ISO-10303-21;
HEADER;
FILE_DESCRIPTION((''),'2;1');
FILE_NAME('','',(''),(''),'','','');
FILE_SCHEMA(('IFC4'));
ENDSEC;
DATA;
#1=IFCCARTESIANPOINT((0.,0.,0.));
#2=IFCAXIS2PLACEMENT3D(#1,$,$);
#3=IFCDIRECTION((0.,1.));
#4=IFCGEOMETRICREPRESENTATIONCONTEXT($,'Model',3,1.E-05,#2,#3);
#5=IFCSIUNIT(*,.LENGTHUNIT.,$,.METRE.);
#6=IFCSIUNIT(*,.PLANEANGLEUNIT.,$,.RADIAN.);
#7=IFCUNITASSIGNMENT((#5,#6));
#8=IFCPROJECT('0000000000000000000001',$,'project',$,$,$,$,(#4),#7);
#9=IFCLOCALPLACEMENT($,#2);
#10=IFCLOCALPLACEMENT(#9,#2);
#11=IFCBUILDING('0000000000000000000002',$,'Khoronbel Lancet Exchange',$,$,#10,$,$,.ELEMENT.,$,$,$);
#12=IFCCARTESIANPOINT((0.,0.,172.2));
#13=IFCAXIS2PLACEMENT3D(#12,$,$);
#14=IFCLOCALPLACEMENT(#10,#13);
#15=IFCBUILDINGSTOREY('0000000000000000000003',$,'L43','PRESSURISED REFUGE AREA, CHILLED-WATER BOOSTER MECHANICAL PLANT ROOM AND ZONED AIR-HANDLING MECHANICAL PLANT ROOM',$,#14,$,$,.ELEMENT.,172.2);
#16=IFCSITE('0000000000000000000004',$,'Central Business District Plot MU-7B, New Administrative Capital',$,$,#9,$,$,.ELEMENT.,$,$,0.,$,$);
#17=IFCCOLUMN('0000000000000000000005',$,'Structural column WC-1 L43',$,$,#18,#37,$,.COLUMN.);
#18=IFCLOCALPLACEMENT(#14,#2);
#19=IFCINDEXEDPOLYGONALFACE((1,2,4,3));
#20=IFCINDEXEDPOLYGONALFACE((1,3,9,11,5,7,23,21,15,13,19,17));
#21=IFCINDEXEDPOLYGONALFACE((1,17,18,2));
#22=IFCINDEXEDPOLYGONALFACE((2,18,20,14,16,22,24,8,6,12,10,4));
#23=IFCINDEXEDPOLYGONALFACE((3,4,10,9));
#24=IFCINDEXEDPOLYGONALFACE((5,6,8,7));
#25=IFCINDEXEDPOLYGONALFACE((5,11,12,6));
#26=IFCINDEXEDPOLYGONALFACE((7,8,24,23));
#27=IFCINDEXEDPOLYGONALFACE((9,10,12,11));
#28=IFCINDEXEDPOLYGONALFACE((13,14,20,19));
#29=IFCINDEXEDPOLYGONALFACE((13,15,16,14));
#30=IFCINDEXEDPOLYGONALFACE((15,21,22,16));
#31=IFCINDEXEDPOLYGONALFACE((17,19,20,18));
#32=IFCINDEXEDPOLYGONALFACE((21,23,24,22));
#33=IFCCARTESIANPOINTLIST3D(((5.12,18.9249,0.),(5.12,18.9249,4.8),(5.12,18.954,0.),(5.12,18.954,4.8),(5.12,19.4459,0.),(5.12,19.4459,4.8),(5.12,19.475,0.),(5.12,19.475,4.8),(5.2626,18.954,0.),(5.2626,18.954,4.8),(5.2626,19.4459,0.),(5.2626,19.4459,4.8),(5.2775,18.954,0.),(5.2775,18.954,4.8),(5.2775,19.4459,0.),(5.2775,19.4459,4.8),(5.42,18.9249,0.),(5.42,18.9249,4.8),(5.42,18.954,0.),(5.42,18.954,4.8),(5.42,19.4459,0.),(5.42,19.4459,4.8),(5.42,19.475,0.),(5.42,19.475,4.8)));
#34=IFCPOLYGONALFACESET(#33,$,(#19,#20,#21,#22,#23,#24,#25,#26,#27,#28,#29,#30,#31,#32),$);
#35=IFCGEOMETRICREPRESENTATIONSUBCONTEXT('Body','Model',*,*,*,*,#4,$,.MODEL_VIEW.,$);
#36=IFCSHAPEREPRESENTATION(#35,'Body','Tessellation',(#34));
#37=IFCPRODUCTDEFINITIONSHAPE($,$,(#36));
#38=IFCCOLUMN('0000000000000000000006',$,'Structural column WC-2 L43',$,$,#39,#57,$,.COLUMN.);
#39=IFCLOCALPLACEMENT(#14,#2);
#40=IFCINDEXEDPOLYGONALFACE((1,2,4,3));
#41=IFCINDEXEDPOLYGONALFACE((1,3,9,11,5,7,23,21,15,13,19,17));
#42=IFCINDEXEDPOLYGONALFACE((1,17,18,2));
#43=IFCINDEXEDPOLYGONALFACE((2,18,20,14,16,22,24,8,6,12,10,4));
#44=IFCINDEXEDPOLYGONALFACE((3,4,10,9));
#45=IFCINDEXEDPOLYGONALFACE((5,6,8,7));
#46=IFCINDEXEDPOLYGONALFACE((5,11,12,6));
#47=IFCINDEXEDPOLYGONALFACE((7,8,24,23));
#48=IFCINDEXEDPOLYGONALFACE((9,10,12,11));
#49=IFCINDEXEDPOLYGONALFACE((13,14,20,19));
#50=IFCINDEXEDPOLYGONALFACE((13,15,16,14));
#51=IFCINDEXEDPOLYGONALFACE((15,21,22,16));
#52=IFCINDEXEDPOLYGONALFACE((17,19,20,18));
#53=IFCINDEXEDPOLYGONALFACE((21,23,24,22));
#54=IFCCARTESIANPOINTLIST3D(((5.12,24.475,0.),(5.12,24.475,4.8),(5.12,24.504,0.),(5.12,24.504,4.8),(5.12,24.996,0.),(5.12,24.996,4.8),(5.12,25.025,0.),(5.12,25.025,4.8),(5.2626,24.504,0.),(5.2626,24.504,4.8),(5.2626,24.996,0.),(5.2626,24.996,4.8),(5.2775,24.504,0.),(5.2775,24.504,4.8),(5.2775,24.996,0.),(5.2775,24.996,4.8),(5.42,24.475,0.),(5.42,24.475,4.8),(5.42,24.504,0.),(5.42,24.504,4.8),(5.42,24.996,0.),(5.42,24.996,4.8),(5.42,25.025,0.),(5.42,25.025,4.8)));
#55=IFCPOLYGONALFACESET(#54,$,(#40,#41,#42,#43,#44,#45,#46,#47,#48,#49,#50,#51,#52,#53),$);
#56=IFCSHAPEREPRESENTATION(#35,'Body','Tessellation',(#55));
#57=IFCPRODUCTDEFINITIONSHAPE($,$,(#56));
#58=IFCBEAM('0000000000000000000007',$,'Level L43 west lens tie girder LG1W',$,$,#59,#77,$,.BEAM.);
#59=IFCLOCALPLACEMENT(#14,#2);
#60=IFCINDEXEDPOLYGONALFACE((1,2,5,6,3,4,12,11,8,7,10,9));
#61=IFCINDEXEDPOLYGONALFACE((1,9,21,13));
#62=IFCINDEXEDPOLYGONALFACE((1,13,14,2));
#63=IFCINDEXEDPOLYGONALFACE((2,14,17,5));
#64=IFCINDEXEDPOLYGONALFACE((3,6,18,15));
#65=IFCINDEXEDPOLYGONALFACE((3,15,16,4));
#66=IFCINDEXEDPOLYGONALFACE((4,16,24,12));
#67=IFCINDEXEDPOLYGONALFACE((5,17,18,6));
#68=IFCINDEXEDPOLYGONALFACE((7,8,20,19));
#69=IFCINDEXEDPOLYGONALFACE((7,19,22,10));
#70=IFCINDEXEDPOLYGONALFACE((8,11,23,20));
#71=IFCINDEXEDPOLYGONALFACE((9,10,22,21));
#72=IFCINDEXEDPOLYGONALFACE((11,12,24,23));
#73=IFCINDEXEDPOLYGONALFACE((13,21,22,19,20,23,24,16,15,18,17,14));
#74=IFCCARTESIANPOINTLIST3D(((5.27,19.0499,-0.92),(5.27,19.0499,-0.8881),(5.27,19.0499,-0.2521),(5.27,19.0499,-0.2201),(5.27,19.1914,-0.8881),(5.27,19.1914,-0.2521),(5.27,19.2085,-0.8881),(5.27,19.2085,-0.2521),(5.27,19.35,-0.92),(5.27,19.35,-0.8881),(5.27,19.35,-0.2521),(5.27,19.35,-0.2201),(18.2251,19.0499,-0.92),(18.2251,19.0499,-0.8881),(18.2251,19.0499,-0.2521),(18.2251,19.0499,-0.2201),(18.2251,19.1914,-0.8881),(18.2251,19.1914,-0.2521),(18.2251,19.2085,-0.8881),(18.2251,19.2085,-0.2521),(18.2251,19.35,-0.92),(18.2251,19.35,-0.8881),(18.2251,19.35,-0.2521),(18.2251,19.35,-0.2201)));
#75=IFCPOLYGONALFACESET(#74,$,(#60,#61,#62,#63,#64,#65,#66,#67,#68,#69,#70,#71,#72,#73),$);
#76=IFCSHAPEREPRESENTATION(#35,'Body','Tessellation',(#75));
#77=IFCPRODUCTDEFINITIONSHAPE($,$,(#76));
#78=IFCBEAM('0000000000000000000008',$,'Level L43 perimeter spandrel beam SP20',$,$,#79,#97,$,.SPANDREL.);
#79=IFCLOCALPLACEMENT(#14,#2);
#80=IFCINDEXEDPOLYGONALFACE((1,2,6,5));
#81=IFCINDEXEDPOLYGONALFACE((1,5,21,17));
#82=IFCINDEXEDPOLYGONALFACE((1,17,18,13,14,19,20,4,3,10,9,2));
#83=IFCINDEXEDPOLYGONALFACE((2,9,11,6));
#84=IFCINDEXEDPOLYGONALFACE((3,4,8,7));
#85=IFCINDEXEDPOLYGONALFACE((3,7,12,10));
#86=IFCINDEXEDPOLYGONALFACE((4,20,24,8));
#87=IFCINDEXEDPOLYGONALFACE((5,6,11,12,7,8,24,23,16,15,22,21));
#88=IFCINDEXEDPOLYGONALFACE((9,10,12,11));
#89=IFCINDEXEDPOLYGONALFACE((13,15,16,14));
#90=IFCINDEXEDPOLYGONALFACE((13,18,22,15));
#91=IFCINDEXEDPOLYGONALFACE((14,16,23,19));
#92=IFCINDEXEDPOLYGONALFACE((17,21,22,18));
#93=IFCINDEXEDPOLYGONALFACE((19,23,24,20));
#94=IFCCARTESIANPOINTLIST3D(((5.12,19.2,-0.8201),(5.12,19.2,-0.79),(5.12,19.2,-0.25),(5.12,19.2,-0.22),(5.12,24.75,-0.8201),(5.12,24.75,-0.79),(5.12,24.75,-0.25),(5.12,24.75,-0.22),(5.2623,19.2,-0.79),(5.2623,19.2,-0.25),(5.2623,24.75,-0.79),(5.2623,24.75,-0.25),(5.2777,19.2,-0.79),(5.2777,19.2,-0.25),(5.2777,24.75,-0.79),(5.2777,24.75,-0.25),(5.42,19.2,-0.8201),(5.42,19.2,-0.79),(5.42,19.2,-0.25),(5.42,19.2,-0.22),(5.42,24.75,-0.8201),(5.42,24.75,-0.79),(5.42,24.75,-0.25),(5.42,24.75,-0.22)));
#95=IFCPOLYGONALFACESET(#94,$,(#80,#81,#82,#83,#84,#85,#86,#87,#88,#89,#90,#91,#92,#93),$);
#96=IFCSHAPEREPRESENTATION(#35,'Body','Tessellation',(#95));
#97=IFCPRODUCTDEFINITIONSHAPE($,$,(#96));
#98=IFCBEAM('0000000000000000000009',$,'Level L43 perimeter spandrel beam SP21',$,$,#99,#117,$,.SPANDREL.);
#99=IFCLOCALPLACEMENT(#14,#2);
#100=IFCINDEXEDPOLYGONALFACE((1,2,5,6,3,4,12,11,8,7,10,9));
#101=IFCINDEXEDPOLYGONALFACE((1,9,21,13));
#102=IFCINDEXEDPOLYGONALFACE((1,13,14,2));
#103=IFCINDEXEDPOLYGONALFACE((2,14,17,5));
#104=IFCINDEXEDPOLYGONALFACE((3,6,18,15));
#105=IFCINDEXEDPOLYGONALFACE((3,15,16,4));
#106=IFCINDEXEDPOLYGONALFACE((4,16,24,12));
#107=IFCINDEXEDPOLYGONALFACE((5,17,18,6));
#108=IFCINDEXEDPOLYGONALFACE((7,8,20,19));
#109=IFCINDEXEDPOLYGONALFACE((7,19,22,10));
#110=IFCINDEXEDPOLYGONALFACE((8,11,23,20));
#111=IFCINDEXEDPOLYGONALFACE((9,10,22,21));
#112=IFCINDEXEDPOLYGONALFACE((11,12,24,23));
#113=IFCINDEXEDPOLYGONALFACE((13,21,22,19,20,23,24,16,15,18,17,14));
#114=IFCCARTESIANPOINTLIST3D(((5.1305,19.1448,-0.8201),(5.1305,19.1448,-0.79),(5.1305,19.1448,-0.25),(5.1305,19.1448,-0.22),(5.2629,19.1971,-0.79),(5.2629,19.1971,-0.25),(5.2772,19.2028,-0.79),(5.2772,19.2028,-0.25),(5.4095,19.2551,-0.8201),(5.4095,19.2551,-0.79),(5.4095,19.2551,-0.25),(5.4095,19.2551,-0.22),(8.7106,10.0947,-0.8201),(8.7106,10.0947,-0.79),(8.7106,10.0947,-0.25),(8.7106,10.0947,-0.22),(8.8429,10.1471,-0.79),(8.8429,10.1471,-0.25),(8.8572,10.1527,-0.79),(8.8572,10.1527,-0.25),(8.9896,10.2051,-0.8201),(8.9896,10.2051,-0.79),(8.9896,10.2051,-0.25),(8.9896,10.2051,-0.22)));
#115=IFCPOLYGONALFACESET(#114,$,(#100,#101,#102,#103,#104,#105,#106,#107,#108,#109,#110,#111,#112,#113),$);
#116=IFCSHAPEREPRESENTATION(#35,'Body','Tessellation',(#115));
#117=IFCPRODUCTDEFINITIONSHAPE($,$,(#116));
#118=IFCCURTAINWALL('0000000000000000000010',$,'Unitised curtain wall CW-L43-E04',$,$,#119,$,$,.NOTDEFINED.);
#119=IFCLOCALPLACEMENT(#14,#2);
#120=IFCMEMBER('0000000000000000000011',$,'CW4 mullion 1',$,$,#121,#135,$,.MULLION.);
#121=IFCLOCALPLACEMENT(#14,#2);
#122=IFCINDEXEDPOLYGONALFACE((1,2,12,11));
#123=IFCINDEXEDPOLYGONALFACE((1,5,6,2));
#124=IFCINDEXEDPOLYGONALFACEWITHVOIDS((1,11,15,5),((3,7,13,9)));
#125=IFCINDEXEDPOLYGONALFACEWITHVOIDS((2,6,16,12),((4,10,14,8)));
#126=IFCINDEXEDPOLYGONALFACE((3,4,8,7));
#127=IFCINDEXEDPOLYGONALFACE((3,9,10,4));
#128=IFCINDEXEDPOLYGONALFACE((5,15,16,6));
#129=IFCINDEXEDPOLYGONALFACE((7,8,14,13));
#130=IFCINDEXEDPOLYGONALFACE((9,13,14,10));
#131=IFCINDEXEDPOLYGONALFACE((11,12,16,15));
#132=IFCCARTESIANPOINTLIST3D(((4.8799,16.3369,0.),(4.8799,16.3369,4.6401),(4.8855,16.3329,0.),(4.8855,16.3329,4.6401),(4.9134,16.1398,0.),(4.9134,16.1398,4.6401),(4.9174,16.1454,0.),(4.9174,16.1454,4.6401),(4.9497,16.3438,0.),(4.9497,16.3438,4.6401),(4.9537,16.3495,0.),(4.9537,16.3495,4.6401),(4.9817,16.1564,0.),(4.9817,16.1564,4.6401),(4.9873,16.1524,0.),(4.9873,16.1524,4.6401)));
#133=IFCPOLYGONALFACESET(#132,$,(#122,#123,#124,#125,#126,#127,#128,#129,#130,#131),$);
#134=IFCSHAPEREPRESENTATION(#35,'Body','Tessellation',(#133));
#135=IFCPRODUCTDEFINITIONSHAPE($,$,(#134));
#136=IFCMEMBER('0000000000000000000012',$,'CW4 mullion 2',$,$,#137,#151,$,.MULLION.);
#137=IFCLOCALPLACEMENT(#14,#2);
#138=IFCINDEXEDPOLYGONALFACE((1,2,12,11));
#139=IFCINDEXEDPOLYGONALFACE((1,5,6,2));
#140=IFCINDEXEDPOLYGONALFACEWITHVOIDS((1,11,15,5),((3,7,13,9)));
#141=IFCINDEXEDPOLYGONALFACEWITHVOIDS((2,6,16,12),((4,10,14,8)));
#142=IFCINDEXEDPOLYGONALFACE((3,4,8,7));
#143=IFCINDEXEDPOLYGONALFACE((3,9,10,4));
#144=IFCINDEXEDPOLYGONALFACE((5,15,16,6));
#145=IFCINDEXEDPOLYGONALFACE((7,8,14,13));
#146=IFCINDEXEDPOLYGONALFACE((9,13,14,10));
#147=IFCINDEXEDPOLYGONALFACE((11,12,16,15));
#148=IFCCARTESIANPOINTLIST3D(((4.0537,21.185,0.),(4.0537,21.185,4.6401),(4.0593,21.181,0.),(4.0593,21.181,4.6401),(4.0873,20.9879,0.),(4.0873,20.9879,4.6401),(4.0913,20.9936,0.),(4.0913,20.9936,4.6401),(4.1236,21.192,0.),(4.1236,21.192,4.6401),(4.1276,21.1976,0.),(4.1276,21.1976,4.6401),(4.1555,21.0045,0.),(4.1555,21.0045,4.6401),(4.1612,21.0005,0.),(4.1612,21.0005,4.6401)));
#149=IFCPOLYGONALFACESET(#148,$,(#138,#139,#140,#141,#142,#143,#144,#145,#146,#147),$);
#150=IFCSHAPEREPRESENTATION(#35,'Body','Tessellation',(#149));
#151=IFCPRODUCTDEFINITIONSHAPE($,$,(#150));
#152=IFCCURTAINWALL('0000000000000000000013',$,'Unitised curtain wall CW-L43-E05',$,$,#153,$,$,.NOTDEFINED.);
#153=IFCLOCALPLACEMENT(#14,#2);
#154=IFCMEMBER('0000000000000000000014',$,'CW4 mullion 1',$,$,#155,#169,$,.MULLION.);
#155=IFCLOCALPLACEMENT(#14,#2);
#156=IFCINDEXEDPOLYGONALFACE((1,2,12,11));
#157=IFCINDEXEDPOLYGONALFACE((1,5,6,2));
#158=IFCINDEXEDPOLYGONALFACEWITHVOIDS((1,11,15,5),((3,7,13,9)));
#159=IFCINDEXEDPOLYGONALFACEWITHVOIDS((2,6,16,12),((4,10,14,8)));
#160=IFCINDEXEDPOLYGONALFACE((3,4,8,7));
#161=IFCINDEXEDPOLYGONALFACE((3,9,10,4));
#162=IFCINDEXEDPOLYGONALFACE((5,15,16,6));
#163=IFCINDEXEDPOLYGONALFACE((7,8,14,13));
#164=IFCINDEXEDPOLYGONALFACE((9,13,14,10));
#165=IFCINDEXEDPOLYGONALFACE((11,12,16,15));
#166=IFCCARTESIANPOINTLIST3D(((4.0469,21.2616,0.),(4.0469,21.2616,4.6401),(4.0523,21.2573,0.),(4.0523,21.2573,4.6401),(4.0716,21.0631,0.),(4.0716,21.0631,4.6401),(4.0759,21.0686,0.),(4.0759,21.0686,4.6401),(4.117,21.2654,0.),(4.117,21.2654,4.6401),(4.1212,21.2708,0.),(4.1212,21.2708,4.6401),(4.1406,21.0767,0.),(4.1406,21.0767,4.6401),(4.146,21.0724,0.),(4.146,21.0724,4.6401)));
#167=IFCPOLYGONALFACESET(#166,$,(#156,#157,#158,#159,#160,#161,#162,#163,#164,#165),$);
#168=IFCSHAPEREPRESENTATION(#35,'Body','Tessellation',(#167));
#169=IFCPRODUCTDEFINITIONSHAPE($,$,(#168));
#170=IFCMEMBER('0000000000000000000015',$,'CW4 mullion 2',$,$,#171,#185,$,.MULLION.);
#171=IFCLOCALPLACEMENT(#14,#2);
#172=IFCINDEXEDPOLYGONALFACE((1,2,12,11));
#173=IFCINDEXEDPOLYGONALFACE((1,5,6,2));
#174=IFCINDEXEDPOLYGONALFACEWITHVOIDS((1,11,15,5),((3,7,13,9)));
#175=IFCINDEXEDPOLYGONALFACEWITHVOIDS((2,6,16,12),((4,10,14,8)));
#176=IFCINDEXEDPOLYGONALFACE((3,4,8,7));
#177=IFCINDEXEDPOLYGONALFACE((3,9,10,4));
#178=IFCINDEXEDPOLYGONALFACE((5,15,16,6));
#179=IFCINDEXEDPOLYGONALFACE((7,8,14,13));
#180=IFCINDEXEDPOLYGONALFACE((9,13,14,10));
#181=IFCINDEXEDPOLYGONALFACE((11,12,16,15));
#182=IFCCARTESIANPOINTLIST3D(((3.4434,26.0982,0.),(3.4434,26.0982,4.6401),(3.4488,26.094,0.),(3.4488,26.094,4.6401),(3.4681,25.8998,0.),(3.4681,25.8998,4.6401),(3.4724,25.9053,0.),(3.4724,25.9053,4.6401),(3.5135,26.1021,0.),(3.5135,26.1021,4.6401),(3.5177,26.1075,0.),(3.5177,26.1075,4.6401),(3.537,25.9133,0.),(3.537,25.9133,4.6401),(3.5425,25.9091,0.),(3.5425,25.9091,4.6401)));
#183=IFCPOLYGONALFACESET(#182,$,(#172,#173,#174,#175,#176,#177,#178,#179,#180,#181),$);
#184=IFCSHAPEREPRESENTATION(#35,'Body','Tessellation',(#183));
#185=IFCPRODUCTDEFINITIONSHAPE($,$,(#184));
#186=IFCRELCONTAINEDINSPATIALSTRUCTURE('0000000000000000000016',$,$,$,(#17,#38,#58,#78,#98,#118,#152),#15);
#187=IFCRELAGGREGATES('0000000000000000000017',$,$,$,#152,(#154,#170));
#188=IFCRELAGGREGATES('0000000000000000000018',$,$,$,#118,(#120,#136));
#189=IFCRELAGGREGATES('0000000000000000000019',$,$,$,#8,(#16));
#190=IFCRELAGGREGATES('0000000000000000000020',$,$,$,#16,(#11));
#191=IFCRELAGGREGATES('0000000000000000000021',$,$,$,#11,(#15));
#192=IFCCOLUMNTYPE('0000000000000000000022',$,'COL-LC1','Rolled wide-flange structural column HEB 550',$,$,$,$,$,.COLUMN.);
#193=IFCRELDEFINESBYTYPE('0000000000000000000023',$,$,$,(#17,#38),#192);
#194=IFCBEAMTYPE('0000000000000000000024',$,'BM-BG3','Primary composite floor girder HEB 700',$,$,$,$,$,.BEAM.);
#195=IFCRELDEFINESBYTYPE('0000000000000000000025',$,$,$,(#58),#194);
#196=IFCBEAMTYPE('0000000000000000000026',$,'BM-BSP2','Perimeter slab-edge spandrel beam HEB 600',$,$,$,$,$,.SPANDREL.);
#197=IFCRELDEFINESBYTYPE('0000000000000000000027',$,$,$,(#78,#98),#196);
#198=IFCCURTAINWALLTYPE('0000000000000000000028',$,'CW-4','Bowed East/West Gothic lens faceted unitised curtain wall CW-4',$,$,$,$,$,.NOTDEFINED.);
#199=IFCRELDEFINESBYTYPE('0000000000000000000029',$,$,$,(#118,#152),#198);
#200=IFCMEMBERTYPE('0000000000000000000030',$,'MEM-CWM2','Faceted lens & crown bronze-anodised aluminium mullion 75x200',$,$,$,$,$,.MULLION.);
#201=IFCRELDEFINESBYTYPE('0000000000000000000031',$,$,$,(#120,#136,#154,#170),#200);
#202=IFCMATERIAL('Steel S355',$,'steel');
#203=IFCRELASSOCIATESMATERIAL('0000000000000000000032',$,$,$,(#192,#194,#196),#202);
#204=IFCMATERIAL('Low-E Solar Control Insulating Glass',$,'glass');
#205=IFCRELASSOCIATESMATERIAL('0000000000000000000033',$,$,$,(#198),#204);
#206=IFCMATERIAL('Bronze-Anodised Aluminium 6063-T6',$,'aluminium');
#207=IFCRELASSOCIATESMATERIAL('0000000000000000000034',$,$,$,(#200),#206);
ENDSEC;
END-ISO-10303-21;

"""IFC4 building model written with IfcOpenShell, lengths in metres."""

from ifc_helpers import new_model, si_unit, direction, frame, origin, origin_2d, place, context, subcontext, project, spatial, hollow_rectangle, i_section, extrude, material, material_profile, profile_set, type_object, element, aggregate, save


model = new_model("IFC4")

# Units and contexts
model_context = context("Model", 3, precision=1e-05, world=origin(), true_north=direction((0.0, 1.0)))
body_context = subcontext(model_context, "Body", "Model", "MODEL_VIEW")
ifc_project = project(units=[si_unit("LENGTHUNIT", "METRE"), si_unit("PLANEANGLEUNIT", "RADIAN")], contexts=[model_context])

# Site, building, storey
site_placement = place(None, origin())
site = spatial("IfcSite", under=ifc_project, at=site_placement, Name="Central Business District Plot MU-7B, New Administrative Capital", CompositionType="ELEMENT", RefElevation=0.0)
building_placement = place(site_placement, origin())
building = spatial("IfcBuilding", under=site, at=building_placement, Name="Khoronbel Lancet Exchange", CompositionType="ELEMENT")
storey_placement = place(building_placement, frame((0.0, 0.0, 172.2)))
storey = spatial("IfcBuildingStorey", under=building, at=storey_placement, Name="L43", Description="PRESSURISED REFUGE AREA, CHILLED-WATER BOOSTER MECHANICAL PLANT ROOM AND ZONED AIR-HANDLING MECHANICAL PLANT ROOM", CompositionType="ELEMENT", Elevation=172.2)

# Columns
ifc_material_1 = material(Name="Steel S355", Category="steel")
ifc_material_profile_1 = material_profile(ifc_material_1, i_section(OverallWidth=0.3, OverallDepth=0.55, WebThickness=0.0149, FlangeThickness=0.0291, at=origin_2d()), Name="HEB 550")
ifc_profile_set_1 = profile_set([ifc_material_profile_1], Name="Steel S355")
column_type = type_object("IfcColumnType", Name="COL-LC1", Description="Rolled wide-flange structural column HEB 550", PredefinedType="COLUMN", material=ifc_profile_set_1)
for number, where, z_axis, x_axis, name in (
    (1, (5.27, 19.2, 0.0), (0.0, 0.0, 1.0), (1.0, 0.0, 0.0), "Structural column WC-1 L43"),
    (2, (5.27, 24.75, 0.0), (0.0, 0.0, 1.0), (1.0, 0.0, 0.0), "Structural column WC-2 L43"),
):
    element("IfcColumn", number, at=place(storey_placement, frame(where, z_axis=z_axis, x_axis=x_axis)), inside=storey, type_object=column_type, Name=name, PredefinedType="COLUMN", context=body_context, shape_type="SweptSolid", body=[
        extrude(i_section(OverallWidth=0.3, OverallDepth=0.55, WebThickness=0.0149, FlangeThickness=0.0291, at=origin_2d()), origin(), (0.0, 0.0, 1.0), 4.8),
    ])

# Beams
ifc_material_profile_2 = material_profile(ifc_material_1, i_section(OverallWidth=0.3, OverallDepth=0.7, WebThickness=0.0171, FlangeThickness=0.032, at=origin_2d()), Name="HEB 700")
ifc_profile_set_2 = profile_set([ifc_material_profile_2], Name="Steel S355")
beam_type_1 = type_object("IfcBeamType", Name="BM-BG3", Description="Primary composite floor girder HEB 700", PredefinedType="BEAM", material=ifc_profile_set_2)
beam_1_placement = place(storey_placement, frame((5.27, 19.2, -0.5701), z_axis=(1.0, 0.0, 0.0), x_axis=(0.0, 1.0, 0.0)))
element("IfcBeam", 3, at=beam_1_placement, inside=storey, type_object=beam_type_1, Name="Level L43 west lens tie girder LG1W", PredefinedType="BEAM", context=body_context, shape_type="SweptSolid", body=[
    extrude(i_section(OverallWidth=0.3, OverallDepth=0.7, WebThickness=0.0171, FlangeThickness=0.032, at=origin_2d()), origin(), (0.0, 0.0, 1.0), 12.9551),
])
ifc_material_profile_3 = material_profile(ifc_material_1, i_section(OverallWidth=0.3, OverallDepth=0.6001, WebThickness=0.0154, FlangeThickness=0.03, at=origin_2d()), Name="HEB 600")
ifc_profile_set_3 = profile_set([ifc_material_profile_3], Name="Steel S355")
beam_type_2 = type_object("IfcBeamType", Name="BM-BSP2", Description="Perimeter slab-edge spandrel beam HEB 600", PredefinedType="SPANDREL", material=ifc_profile_set_3)
beam_2_placement = place(storey_placement, frame((5.27, 24.75, -0.52), z_axis=(0.0, -1.0, 0.0), x_axis=(1.0, 0.0, 0.0)))
element("IfcBeam", 4, at=beam_2_placement, inside=storey, type_object=beam_type_2, Name="Level L43 perimeter spandrel beam SP20", PredefinedType="SPANDREL", context=body_context, shape_type="SweptSolid", body=[
    extrude(i_section(OverallWidth=0.3, OverallDepth=0.6001, WebThickness=0.0154, FlangeThickness=0.03, at=origin_2d()), origin(), (0.0, 0.0, 1.0), 5.55),
])
beam_3_placement = place(storey_placement, frame((5.27, 19.2, -0.52), z_axis=(0.36785, -0.929885, 0.0), x_axis=(0.929885, 0.36785, 0.0)))
element("IfcBeam", 5, at=beam_3_placement, inside=storey, type_object=beam_type_2, Name="Level L43 perimeter spandrel beam SP21", PredefinedType="SPANDREL", context=body_context, shape_type="SweptSolid", body=[
    extrude(i_section(OverallWidth=0.3, OverallDepth=0.6001, WebThickness=0.0154, FlangeThickness=0.03, at=origin_2d()), origin(), (0.0, 0.0, 1.0), 9.7324),
])

# Curtain walls, members
ifc_material_2 = material(Name="Low-E Solar Control Insulating Glass", Category="glass")
curtain_wall_type = type_object("IfcCurtainWallType", Name="CW-4", Description="Bowed East/West Gothic lens faceted unitised curtain wall CW-4", PredefinedType="NOTDEFINED", material=ifc_material_2)
curtain_wall_1_placement = place(storey_placement, origin())
curtain_wall_1 = element("IfcCurtainWall", 6, at=curtain_wall_1_placement, inside=storey, type_object=curtain_wall_type, Name="Unitised curtain wall CW-L43-E04", PredefinedType="NOTDEFINED")
ifc_material_3 = material(Name="Bronze-Anodised Aluminium 6063-T6", Category="aluminium")
ifc_material_profile_4 = material_profile(ifc_material_3, hollow_rectangle(XDim=0.075, YDim=0.2, WallThickness=0.0049, at=origin_2d()), Name="ALU MULLION 75x200")
ifc_profile_set_4 = profile_set([ifc_material_profile_4], Name="Bronze-Anodised Aluminium 6063-T6")
member_type_1 = type_object("IfcMemberType", Name="MEM-CWM2", Description="Faceted lens & crown bronze-anodised aluminium mullion 75x200", PredefinedType="MULLION", material=ifc_profile_set_4)
member_1_placement = place(storey_placement, frame((4.9336, 16.2446, 0.0), z_axis=(0.0, 0.0, 1.0), x_axis=(-0.985785, -0.168009, 0.0)))
member_1 = element("IfcMember", 7, at=member_1_placement, type_object=member_type_1, Name="CW4 mullion 1", PredefinedType="MULLION", context=body_context, shape_type="SweptSolid", body=[
    extrude(hollow_rectangle(XDim=0.075, YDim=0.2, WallThickness=0.0049, at=origin_2d()), origin(), (0.0, 0.0, 1.0), 4.6401),
])
member_2_placement = place(storey_placement, frame((4.1074, 21.0928, 0.0), z_axis=(0.0, 0.0, 1.0), x_axis=(-0.985785, -0.168009, 0.0)))
member_2 = element("IfcMember", 8, at=member_2_placement, type_object=member_type_1, Name="CW4 mullion 2", PredefinedType="MULLION", context=body_context, shape_type="SweptSolid", body=[
    extrude(hollow_rectangle(XDim=0.075, YDim=0.2, WallThickness=0.0049, at=origin_2d()), origin(), (0.0, 0.0, 1.0), 4.6401),
])
curtain_wall_2_placement = place(storey_placement, origin())
curtain_wall_2 = element("IfcCurtainWall", 9, at=curtain_wall_2_placement, inside=storey, type_object=curtain_wall_type, Name="Unitised curtain wall CW-L43-E05", PredefinedType="NOTDEFINED")
member_3_placement = place(storey_placement, frame((4.0964, 21.167, 0.0), z_axis=(0.0, 0.0, 1.0), x_axis=(-0.992302, -0.123838, 0.0)))
member_3 = element("IfcMember", 10, at=member_3_placement, type_object=member_type_1, Name="CW4 mullion 1", PredefinedType="MULLION", context=body_context, shape_type="SweptSolid", body=[
    extrude(hollow_rectangle(XDim=0.075, YDim=0.2, WallThickness=0.0049, at=origin_2d()), origin(), (0.0, 0.0, 1.0), 4.6401),
])
member_4_placement = place(storey_placement, frame((3.4929, 26.0037, 0.0), z_axis=(0.0, 0.0, 1.0), x_axis=(-0.992302, -0.123838, 0.0)))
member_4 = element("IfcMember", 11, at=member_4_placement, type_object=member_type_1, Name="CW4 mullion 2", PredefinedType="MULLION", context=body_context, shape_type="SweptSolid", body=[
    extrude(hollow_rectangle(XDim=0.075, YDim=0.2, WallThickness=0.0049, at=origin_2d()), origin(), (0.0, 0.0, 1.0), 4.6401),
])

aggregate(curtain_wall_2, [member_3, member_4])
aggregate(curtain_wall_1, [member_1, member_2])

save(model, "model.ifc")
